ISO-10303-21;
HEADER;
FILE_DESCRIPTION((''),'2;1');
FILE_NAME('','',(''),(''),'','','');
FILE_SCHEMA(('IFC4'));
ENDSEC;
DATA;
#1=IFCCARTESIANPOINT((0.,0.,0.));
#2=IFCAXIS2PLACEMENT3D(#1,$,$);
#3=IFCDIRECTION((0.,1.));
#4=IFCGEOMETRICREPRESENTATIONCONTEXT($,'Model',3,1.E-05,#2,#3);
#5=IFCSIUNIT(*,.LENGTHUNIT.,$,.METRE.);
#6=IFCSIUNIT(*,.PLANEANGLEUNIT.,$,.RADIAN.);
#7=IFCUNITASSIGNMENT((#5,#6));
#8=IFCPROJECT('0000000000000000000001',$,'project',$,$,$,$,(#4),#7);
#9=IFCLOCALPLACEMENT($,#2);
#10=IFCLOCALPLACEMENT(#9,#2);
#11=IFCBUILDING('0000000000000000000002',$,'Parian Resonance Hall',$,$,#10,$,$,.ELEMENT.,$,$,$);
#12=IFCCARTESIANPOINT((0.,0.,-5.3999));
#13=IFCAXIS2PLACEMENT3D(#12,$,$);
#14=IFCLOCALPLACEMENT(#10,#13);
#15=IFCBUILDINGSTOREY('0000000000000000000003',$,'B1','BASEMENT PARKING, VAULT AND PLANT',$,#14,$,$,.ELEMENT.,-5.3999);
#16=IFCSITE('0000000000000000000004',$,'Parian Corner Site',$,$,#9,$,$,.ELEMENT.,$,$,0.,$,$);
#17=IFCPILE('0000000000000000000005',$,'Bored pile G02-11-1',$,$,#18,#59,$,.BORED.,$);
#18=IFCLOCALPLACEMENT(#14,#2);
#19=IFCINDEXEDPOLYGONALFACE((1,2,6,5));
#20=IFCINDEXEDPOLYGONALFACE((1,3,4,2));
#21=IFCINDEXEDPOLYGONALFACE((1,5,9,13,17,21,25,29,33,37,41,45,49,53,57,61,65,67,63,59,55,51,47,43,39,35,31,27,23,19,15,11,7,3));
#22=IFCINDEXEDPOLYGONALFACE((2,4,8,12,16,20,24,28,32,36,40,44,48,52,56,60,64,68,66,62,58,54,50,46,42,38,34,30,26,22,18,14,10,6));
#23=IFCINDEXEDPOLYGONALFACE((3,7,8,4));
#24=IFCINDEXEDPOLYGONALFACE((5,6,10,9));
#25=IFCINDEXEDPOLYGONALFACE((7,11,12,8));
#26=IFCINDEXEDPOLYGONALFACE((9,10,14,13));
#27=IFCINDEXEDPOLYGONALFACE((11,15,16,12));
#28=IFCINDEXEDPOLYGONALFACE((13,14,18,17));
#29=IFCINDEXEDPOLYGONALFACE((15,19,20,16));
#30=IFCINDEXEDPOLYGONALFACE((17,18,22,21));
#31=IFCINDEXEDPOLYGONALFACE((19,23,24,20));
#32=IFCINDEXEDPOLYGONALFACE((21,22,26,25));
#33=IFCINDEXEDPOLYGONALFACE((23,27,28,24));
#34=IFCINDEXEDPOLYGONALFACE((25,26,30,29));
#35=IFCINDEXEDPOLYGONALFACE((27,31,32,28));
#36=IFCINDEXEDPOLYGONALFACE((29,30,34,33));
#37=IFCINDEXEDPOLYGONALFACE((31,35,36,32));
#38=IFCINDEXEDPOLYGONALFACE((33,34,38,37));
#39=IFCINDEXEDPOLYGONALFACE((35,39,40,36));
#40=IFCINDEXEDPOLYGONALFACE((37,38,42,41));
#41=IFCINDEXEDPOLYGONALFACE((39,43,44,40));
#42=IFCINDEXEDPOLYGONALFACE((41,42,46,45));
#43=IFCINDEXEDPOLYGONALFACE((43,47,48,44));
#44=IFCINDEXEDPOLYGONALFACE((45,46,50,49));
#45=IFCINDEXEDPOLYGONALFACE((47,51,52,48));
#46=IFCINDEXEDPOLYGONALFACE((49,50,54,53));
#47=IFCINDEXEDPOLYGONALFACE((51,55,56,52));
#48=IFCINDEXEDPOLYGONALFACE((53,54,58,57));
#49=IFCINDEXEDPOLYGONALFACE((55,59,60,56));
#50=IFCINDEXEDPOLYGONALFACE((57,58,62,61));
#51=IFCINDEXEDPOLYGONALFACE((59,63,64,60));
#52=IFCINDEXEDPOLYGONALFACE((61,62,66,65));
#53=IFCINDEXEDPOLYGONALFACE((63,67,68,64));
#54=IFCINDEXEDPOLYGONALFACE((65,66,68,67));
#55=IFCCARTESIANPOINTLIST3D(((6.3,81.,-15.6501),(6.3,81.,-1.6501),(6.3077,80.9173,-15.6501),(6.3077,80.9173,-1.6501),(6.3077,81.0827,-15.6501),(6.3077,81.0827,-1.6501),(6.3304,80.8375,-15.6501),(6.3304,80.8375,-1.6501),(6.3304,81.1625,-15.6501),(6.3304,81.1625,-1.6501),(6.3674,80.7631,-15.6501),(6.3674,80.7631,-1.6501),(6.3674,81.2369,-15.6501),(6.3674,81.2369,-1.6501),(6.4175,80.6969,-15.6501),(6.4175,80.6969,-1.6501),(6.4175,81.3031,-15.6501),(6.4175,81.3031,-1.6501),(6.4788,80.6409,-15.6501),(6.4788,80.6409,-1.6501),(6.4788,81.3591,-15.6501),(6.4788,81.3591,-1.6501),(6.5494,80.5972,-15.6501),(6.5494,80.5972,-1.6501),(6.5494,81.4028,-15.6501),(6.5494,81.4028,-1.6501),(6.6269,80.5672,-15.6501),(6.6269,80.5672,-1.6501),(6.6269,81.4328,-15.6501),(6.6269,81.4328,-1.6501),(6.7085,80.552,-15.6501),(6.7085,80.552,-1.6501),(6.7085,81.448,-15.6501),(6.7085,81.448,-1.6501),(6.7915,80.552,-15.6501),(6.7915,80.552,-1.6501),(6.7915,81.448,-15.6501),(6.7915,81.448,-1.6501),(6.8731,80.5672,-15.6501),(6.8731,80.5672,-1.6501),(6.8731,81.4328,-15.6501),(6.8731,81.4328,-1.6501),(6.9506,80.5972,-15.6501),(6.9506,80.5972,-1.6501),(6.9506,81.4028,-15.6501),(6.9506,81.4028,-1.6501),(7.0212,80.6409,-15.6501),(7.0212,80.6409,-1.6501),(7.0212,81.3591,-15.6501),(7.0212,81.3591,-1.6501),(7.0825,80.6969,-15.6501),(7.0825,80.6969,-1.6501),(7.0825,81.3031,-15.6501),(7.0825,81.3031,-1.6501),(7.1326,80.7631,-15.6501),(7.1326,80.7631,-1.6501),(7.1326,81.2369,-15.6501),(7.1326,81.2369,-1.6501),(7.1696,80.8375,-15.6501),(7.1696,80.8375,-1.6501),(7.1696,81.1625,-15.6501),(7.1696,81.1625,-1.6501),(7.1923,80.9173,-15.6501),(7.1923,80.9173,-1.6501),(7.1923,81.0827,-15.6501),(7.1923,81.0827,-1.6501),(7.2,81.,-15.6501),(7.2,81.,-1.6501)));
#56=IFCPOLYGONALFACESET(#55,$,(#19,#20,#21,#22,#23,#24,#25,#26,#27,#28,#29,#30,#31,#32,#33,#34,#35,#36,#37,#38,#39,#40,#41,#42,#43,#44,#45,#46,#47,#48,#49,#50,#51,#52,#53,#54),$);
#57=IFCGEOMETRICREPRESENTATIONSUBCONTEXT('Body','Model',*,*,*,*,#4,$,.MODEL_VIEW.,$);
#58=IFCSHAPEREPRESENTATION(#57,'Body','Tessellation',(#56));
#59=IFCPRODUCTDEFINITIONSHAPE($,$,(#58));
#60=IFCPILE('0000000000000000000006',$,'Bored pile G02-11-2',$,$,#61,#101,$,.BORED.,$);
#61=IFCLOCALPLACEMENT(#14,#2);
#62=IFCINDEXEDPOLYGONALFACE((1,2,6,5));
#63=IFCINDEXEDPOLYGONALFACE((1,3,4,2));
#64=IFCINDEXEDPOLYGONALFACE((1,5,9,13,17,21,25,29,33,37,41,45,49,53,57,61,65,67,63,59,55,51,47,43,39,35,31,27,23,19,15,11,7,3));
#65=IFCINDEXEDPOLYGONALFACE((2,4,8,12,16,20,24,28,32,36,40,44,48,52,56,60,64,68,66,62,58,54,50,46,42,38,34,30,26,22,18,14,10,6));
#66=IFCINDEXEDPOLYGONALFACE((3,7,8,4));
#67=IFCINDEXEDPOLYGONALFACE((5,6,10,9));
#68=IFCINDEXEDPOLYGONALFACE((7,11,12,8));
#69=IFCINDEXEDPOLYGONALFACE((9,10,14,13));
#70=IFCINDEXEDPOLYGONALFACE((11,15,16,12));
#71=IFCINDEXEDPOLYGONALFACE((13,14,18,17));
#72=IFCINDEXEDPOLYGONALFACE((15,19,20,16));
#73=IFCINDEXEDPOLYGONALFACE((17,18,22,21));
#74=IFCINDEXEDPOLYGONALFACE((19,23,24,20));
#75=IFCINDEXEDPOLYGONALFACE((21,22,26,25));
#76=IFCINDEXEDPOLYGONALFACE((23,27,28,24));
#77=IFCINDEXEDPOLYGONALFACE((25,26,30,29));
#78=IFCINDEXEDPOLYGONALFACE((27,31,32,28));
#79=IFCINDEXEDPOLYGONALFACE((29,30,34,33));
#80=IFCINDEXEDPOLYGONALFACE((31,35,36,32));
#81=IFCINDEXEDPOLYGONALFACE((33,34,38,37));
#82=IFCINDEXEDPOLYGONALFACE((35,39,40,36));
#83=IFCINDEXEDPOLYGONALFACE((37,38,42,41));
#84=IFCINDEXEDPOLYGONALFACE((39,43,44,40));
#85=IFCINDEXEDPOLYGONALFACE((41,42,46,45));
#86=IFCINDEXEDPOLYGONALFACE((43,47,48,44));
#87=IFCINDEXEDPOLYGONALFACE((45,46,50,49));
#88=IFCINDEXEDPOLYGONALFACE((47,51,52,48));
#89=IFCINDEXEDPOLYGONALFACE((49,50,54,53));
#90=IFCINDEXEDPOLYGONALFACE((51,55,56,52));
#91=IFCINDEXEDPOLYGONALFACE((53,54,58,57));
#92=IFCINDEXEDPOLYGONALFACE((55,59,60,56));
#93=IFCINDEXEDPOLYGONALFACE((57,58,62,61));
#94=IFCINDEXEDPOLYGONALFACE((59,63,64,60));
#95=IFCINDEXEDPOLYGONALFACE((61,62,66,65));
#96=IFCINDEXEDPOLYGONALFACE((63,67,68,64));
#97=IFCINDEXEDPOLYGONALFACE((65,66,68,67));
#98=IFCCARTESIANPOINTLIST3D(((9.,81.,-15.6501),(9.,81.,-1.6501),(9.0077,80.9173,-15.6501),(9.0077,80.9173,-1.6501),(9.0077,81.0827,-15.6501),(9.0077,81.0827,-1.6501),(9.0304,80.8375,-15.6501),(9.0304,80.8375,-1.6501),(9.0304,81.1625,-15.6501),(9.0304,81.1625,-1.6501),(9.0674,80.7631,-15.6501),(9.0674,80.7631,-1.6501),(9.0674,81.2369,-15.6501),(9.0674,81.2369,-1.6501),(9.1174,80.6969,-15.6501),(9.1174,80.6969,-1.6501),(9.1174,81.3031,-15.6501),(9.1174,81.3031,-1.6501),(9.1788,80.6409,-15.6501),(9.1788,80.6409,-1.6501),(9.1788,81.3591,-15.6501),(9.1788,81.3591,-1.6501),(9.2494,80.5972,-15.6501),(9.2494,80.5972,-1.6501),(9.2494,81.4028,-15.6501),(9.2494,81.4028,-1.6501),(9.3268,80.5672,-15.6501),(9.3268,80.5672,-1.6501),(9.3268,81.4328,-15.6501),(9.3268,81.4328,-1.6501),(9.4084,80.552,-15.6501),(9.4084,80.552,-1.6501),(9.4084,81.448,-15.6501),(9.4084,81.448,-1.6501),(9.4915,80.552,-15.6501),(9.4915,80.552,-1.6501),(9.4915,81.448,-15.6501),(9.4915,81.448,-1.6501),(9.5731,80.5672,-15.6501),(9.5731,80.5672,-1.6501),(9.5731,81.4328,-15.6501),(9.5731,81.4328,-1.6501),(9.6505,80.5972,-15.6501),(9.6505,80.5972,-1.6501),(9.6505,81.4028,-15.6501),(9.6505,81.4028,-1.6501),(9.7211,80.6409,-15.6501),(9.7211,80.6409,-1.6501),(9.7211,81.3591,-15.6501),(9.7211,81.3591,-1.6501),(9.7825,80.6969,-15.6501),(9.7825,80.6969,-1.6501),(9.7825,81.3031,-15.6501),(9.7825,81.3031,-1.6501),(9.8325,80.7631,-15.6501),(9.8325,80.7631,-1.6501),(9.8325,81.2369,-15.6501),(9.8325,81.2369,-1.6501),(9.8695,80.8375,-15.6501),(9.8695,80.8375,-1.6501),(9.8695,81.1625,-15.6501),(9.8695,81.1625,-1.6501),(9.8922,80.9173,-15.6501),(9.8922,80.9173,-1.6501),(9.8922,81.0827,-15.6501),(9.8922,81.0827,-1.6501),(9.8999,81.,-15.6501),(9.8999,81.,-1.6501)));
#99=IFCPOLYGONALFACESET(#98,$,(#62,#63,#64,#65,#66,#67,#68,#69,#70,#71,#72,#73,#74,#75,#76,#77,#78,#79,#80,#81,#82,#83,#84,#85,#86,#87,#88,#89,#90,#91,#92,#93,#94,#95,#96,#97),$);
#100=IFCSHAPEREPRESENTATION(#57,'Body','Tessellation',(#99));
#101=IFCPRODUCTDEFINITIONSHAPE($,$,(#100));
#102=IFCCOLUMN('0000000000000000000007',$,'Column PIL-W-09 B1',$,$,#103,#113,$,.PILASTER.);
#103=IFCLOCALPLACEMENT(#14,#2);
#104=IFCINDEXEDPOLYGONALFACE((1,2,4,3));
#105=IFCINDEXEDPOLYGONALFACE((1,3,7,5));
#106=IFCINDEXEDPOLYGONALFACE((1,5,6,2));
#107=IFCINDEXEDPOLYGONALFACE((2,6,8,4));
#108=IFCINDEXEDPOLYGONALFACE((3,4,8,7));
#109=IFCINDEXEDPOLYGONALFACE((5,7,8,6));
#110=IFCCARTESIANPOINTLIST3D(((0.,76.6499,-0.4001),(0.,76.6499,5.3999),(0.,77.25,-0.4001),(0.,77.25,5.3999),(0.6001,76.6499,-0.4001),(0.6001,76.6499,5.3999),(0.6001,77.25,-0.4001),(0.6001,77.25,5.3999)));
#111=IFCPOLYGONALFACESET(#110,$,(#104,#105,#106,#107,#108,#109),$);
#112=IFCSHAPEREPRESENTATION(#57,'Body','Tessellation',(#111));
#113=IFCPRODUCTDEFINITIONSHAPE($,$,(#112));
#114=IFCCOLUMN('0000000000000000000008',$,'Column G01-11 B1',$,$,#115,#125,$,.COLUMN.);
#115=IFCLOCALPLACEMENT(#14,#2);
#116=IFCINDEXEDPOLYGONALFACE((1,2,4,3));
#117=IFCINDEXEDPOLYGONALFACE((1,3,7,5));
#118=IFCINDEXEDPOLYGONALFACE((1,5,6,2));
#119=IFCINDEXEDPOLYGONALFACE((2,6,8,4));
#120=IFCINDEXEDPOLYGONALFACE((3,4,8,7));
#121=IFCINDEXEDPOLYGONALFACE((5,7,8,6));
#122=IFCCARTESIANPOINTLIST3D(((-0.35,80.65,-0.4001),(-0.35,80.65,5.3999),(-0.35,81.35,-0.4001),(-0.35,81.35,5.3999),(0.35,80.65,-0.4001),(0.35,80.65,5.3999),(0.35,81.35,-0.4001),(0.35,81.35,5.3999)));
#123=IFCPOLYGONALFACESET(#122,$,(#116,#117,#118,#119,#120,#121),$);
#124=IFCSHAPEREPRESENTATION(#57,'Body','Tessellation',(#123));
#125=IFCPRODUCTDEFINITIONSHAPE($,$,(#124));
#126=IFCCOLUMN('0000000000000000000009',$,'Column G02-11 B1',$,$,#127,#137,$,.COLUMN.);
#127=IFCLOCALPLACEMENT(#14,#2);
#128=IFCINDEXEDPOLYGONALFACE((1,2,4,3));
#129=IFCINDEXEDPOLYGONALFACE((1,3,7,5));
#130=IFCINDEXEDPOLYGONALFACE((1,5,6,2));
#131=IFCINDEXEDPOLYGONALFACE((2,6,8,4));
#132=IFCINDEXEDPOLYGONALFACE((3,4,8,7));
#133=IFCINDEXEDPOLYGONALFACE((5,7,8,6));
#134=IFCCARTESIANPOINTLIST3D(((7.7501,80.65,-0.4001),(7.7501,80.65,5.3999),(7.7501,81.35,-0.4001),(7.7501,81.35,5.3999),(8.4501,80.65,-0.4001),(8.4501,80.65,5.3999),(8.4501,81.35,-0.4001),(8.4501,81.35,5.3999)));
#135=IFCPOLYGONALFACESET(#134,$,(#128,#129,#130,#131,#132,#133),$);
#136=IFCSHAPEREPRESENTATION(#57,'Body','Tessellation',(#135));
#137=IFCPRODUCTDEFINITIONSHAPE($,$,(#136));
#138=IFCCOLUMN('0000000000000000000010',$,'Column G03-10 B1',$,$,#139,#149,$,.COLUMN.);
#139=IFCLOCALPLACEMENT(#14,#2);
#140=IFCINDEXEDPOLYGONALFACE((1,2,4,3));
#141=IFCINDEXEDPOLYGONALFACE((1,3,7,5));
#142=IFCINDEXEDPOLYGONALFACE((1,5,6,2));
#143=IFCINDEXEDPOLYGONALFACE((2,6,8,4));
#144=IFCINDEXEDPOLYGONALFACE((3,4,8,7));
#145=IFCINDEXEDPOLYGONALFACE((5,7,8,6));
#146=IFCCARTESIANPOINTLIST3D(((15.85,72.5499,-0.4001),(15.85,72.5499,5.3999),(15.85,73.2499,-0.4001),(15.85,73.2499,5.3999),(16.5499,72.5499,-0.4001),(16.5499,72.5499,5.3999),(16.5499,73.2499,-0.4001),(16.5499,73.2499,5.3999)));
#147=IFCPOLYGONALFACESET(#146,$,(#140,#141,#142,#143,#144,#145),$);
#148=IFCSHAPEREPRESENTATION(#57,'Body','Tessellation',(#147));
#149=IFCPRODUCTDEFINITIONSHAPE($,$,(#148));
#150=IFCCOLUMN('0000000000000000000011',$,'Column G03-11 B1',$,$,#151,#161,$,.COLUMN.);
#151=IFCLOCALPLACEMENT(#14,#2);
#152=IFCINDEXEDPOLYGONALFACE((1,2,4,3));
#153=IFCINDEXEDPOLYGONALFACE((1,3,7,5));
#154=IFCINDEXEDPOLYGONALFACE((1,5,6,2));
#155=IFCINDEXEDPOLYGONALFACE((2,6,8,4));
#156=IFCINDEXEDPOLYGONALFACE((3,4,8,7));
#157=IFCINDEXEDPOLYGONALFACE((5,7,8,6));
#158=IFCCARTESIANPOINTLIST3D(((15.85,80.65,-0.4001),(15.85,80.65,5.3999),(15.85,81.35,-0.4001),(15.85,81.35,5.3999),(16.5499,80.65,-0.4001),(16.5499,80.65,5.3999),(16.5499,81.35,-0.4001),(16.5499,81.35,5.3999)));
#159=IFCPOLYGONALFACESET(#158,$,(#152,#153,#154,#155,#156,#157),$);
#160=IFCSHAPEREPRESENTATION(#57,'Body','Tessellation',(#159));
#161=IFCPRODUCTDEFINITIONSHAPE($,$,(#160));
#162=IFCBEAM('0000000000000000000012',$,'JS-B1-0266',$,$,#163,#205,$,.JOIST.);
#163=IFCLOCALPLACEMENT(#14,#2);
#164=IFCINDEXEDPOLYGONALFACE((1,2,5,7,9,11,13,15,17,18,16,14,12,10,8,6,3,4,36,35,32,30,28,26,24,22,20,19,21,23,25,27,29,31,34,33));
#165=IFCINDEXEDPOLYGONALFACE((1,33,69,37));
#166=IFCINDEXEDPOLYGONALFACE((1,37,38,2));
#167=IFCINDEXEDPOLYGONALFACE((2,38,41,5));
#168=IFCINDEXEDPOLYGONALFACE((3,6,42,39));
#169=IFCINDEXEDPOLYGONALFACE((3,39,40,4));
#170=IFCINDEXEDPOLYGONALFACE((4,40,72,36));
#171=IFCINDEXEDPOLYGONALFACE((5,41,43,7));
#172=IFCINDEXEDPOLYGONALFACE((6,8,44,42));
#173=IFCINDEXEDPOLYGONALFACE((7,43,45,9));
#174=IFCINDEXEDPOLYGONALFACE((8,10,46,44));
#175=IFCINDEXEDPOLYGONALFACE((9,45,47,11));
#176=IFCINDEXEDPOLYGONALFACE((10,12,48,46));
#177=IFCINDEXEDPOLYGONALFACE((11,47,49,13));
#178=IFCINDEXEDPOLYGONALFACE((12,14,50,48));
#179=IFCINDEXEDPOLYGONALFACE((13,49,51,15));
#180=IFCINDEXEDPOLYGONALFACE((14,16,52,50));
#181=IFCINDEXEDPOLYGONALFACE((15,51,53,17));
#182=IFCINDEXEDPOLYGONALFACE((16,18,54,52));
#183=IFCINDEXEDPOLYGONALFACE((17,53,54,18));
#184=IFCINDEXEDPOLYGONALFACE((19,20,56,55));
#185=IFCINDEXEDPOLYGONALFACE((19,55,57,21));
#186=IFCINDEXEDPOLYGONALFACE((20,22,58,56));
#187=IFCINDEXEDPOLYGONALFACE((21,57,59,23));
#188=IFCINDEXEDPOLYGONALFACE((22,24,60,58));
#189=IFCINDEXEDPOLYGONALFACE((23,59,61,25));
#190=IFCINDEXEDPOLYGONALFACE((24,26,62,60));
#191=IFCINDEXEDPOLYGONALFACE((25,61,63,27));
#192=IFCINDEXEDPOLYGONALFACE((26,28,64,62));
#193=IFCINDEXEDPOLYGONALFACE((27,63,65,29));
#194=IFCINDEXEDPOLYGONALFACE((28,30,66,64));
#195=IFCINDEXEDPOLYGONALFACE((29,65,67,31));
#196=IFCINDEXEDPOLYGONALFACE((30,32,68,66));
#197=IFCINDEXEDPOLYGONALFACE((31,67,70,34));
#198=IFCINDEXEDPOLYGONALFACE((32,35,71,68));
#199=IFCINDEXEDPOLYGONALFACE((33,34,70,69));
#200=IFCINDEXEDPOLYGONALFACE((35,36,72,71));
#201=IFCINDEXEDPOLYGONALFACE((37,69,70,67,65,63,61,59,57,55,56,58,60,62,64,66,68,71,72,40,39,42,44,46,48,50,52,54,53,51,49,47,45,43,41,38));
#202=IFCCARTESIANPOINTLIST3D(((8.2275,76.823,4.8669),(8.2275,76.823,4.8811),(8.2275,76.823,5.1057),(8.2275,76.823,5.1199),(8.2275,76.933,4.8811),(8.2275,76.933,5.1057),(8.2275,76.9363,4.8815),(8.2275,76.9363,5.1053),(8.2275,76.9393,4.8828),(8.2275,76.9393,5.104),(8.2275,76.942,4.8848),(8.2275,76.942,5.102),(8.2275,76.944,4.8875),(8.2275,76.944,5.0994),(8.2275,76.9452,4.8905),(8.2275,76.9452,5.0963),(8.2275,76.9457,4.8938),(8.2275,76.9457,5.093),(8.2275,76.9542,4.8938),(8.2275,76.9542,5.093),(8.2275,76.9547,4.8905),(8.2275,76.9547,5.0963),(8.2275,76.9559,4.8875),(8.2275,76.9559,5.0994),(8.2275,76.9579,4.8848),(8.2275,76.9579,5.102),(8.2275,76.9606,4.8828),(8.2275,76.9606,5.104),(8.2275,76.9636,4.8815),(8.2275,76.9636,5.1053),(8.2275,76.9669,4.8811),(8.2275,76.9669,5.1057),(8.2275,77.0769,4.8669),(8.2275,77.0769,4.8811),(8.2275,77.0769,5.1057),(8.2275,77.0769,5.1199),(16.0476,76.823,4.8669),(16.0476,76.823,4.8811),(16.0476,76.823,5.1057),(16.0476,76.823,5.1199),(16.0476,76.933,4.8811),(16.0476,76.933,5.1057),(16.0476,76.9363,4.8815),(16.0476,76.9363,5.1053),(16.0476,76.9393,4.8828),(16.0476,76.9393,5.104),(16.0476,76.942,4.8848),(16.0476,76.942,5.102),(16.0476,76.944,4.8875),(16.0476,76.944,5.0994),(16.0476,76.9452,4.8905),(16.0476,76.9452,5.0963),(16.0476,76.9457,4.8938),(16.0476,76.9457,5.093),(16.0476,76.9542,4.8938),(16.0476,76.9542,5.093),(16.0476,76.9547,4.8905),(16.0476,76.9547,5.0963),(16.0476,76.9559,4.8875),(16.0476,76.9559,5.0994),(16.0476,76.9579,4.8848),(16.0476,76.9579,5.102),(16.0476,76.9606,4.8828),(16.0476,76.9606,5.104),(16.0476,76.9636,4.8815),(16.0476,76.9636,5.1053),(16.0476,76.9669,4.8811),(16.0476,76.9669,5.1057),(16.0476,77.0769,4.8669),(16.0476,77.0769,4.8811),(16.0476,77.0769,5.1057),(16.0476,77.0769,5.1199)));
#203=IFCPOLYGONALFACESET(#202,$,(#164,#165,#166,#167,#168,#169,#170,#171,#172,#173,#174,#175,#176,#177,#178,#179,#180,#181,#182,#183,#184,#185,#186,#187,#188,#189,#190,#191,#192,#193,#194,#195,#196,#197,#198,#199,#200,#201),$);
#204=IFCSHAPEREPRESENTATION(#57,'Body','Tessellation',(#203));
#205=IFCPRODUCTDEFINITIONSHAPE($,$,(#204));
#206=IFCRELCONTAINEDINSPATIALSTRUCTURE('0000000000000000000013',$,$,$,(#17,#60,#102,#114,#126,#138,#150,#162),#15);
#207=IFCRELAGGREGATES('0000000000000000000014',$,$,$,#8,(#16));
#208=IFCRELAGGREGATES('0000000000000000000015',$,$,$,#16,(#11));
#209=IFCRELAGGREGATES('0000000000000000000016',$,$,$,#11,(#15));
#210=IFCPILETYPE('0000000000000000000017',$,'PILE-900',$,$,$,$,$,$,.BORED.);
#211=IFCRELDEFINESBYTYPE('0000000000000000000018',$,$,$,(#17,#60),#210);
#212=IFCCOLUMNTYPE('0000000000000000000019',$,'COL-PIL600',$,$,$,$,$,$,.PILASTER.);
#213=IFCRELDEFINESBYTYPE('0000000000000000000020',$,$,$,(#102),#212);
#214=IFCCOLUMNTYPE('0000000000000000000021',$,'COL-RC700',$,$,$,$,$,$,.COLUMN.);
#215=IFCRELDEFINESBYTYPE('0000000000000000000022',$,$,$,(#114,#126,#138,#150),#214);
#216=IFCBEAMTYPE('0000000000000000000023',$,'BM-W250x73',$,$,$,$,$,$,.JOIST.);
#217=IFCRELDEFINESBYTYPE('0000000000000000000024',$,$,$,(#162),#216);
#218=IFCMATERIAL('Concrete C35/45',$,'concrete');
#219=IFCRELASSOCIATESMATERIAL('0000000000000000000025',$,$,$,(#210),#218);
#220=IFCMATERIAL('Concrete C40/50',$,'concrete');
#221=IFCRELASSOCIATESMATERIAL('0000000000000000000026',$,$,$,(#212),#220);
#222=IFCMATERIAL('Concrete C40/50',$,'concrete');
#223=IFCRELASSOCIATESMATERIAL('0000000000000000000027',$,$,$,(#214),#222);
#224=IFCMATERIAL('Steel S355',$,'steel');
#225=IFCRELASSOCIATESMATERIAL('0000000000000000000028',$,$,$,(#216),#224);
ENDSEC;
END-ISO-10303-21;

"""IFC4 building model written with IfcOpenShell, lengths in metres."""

from ifc_helpers import new_model, si_unit, direction, frame, origin, origin_2d, place, context, subcontext, project, spatial, rectangle, circle, i_section, extrude, material, material_profile, profile_set, type_object, element, save


model = new_model("IFC4")

# Units and contexts
model_context = context("Model", 3, precision=1e-05, world=origin(), true_north=direction((0.0, 1.0)))
body_context = subcontext(model_context, "Body", "Model", "MODEL_VIEW")
ifc_project = project(units=[si_unit("LENGTHUNIT", "METRE"), si_unit("PLANEANGLEUNIT", "RADIAN")], contexts=[model_context])

# Site, building, storey
site_placement = place(None, origin())
site = spatial("IfcSite", under=ifc_project, at=site_placement, Name="Parian Corner Site", CompositionType="ELEMENT", RefElevation=0.0)
building_placement = place(site_placement, origin())
building = spatial("IfcBuilding", under=site, at=building_placement, Name="Parian Resonance Hall", CompositionType="ELEMENT")
storey_placement = place(building_placement, frame((0.0, 0.0, -5.3999)))
storey = spatial("IfcBuildingStorey", under=building, at=storey_placement, Name="B1", Description="BASEMENT PARKING, VAULT AND PLANT", CompositionType="ELEMENT", Elevation=-5.3999)

# Piles
ifc_material_1 = material(Name="Concrete C35/45", Category="concrete")
ifc_material_profile_1 = material_profile(ifc_material_1, circle(Radius=0.45, at=origin_2d()), Name="PILE-D900")
ifc_profile_set_1 = profile_set([ifc_material_profile_1], Name="Concrete C35/45")
pile_type_1 = type_object("IfcPileType", Name="PILE-900", PredefinedType="BORED", material=ifc_profile_set_1)
for number, where, z_axis, x_axis, name in (
    (1, (6.75, 81.0, -1.6501), (0.0, 0.0, -1.0), (1.0, 0.0, 0.0), "Bored pile G02-11-1"),
    (2, (9.45, 81.0, -1.6501), (0.0, 0.0, -1.0), (1.0, 0.0, 0.0), "Bored pile G02-11-2"),
):
    element("IfcPile", number, at=place(storey_placement, frame(where, z_axis=z_axis, x_axis=x_axis)), inside=storey, type_object=pile_type_1, Name=name, PredefinedType="BORED", context=body_context, shape_type="SweptSolid", body=[
        extrude(circle(Radius=0.45, at=origin_2d()), origin(), (0.0, 0.0, 1.0), 14.0),
    ])

# Columns
ifc_material_2 = material(Name="Concrete C40/50", Category="concrete")
ifc_material_profile_2 = material_profile(ifc_material_2, rectangle(XDim=0.6001, YDim=0.6001, at=origin_2d()), Name="RC-COL-600x600")
ifc_profile_set_2 = profile_set([ifc_material_profile_2], Name="Concrete C40/50")
column_type_1 = type_object("IfcColumnType", Name="COL-PIL600", PredefinedType="PILASTER", material=ifc_profile_set_2)
column_placement = place(storey_placement, frame((0.3, 76.95, -0.4001), z_axis=(0.0, 0.0, 1.0), x_axis=(1.0, 0.0, 0.0)))
element("IfcColumn", 3, at=column_placement, inside=storey, type_object=column_type_1, Name="Column PIL-W-09 B1", PredefinedType="PILASTER", context=body_context, shape_type="SweptSolid", body=[
    extrude(rectangle(XDim=0.6001, YDim=0.6001, at=origin_2d()), origin(), (0.0, 0.0, 1.0), 5.8),
])
ifc_material_3 = material(Name="Concrete C40/50", Category="concrete")
ifc_material_profile_3 = material_profile(ifc_material_3, rectangle(XDim=0.7, YDim=0.7, at=origin_2d()), Name="RC-COL-700x700")
ifc_profile_set_3 = profile_set([ifc_material_profile_3], Name="Concrete C40/50")
column_type_2 = type_object("IfcColumnType", Name="COL-RC700", PredefinedType="COLUMN", material=ifc_profile_set_3)
for number, where, z_axis, x_axis, name in (
    (4, (0.0, 81.0, -0.4001), (0.0, 0.0, 1.0), (1.0, 0.0, 0.0), "Column G01-11 B1"),
    (5, (8.1001, 81.0, -0.4001), (0.0, 0.0, 1.0), (1.0, 0.0, 0.0), "Column G02-11 B1"),
    (6, (16.2, 72.8999, -0.4001), (0.0, 0.0, 1.0), (1.0, 0.0, 0.0), "Column G03-10 B1"),
    (7, (16.2, 81.0, -0.4001), (0.0, 0.0, 1.0), (1.0, 0.0, 0.0), "Column G03-11 B1"),
):
    element("IfcColumn", number, at=place(storey_placement, frame(where, z_axis=z_axis, x_axis=x_axis)), inside=storey, type_object=column_type_2, Name=name, PredefinedType="COLUMN", context=body_context, shape_type="SweptSolid", body=[
        extrude(rectangle(XDim=0.7, YDim=0.7, at=origin_2d()), origin(), (0.0, 0.0, 1.0), 5.8),
    ])

# Beam
ifc_material_4 = material(Name="Steel S355", Category="steel")
ifc_material_profile_4 = material_profile(ifc_material_4, i_section(OverallWidth=0.2539, OverallDepth=0.2529, WebThickness=0.0085, FlangeThickness=0.0142, FilletRadius=0.0127, at=origin_2d()), Name="W250x73")
ifc_profile_set_4 = profile_set([ifc_material_profile_4], Name="Steel S355")
beam_type_1 = type_object("IfcBeamType", Name="BM-W250x73", PredefinedType="JOIST", material=ifc_profile_set_4)
beam_1_placement = place(storey_placement, frame((8.2275, 76.95, 4.9934), z_axis=(1.0, 0.0, 0.0), x_axis=(0.0, 1.0, 0.0)))
element("IfcBeam", 8, at=beam_1_placement, inside=storey, type_object=beam_type_1, Name="JS-B1-0266", PredefinedType="JOIST", context=body_context, shape_type="SweptSolid", body=[
    extrude(i_section(OverallWidth=0.2539, OverallDepth=0.2529, WebThickness=0.0085, FlangeThickness=0.0142, FilletRadius=0.0127, at=origin_2d()), origin(), (0.0, 0.0, 1.0), 7.8201),
])

save(model, "model.ifc")
